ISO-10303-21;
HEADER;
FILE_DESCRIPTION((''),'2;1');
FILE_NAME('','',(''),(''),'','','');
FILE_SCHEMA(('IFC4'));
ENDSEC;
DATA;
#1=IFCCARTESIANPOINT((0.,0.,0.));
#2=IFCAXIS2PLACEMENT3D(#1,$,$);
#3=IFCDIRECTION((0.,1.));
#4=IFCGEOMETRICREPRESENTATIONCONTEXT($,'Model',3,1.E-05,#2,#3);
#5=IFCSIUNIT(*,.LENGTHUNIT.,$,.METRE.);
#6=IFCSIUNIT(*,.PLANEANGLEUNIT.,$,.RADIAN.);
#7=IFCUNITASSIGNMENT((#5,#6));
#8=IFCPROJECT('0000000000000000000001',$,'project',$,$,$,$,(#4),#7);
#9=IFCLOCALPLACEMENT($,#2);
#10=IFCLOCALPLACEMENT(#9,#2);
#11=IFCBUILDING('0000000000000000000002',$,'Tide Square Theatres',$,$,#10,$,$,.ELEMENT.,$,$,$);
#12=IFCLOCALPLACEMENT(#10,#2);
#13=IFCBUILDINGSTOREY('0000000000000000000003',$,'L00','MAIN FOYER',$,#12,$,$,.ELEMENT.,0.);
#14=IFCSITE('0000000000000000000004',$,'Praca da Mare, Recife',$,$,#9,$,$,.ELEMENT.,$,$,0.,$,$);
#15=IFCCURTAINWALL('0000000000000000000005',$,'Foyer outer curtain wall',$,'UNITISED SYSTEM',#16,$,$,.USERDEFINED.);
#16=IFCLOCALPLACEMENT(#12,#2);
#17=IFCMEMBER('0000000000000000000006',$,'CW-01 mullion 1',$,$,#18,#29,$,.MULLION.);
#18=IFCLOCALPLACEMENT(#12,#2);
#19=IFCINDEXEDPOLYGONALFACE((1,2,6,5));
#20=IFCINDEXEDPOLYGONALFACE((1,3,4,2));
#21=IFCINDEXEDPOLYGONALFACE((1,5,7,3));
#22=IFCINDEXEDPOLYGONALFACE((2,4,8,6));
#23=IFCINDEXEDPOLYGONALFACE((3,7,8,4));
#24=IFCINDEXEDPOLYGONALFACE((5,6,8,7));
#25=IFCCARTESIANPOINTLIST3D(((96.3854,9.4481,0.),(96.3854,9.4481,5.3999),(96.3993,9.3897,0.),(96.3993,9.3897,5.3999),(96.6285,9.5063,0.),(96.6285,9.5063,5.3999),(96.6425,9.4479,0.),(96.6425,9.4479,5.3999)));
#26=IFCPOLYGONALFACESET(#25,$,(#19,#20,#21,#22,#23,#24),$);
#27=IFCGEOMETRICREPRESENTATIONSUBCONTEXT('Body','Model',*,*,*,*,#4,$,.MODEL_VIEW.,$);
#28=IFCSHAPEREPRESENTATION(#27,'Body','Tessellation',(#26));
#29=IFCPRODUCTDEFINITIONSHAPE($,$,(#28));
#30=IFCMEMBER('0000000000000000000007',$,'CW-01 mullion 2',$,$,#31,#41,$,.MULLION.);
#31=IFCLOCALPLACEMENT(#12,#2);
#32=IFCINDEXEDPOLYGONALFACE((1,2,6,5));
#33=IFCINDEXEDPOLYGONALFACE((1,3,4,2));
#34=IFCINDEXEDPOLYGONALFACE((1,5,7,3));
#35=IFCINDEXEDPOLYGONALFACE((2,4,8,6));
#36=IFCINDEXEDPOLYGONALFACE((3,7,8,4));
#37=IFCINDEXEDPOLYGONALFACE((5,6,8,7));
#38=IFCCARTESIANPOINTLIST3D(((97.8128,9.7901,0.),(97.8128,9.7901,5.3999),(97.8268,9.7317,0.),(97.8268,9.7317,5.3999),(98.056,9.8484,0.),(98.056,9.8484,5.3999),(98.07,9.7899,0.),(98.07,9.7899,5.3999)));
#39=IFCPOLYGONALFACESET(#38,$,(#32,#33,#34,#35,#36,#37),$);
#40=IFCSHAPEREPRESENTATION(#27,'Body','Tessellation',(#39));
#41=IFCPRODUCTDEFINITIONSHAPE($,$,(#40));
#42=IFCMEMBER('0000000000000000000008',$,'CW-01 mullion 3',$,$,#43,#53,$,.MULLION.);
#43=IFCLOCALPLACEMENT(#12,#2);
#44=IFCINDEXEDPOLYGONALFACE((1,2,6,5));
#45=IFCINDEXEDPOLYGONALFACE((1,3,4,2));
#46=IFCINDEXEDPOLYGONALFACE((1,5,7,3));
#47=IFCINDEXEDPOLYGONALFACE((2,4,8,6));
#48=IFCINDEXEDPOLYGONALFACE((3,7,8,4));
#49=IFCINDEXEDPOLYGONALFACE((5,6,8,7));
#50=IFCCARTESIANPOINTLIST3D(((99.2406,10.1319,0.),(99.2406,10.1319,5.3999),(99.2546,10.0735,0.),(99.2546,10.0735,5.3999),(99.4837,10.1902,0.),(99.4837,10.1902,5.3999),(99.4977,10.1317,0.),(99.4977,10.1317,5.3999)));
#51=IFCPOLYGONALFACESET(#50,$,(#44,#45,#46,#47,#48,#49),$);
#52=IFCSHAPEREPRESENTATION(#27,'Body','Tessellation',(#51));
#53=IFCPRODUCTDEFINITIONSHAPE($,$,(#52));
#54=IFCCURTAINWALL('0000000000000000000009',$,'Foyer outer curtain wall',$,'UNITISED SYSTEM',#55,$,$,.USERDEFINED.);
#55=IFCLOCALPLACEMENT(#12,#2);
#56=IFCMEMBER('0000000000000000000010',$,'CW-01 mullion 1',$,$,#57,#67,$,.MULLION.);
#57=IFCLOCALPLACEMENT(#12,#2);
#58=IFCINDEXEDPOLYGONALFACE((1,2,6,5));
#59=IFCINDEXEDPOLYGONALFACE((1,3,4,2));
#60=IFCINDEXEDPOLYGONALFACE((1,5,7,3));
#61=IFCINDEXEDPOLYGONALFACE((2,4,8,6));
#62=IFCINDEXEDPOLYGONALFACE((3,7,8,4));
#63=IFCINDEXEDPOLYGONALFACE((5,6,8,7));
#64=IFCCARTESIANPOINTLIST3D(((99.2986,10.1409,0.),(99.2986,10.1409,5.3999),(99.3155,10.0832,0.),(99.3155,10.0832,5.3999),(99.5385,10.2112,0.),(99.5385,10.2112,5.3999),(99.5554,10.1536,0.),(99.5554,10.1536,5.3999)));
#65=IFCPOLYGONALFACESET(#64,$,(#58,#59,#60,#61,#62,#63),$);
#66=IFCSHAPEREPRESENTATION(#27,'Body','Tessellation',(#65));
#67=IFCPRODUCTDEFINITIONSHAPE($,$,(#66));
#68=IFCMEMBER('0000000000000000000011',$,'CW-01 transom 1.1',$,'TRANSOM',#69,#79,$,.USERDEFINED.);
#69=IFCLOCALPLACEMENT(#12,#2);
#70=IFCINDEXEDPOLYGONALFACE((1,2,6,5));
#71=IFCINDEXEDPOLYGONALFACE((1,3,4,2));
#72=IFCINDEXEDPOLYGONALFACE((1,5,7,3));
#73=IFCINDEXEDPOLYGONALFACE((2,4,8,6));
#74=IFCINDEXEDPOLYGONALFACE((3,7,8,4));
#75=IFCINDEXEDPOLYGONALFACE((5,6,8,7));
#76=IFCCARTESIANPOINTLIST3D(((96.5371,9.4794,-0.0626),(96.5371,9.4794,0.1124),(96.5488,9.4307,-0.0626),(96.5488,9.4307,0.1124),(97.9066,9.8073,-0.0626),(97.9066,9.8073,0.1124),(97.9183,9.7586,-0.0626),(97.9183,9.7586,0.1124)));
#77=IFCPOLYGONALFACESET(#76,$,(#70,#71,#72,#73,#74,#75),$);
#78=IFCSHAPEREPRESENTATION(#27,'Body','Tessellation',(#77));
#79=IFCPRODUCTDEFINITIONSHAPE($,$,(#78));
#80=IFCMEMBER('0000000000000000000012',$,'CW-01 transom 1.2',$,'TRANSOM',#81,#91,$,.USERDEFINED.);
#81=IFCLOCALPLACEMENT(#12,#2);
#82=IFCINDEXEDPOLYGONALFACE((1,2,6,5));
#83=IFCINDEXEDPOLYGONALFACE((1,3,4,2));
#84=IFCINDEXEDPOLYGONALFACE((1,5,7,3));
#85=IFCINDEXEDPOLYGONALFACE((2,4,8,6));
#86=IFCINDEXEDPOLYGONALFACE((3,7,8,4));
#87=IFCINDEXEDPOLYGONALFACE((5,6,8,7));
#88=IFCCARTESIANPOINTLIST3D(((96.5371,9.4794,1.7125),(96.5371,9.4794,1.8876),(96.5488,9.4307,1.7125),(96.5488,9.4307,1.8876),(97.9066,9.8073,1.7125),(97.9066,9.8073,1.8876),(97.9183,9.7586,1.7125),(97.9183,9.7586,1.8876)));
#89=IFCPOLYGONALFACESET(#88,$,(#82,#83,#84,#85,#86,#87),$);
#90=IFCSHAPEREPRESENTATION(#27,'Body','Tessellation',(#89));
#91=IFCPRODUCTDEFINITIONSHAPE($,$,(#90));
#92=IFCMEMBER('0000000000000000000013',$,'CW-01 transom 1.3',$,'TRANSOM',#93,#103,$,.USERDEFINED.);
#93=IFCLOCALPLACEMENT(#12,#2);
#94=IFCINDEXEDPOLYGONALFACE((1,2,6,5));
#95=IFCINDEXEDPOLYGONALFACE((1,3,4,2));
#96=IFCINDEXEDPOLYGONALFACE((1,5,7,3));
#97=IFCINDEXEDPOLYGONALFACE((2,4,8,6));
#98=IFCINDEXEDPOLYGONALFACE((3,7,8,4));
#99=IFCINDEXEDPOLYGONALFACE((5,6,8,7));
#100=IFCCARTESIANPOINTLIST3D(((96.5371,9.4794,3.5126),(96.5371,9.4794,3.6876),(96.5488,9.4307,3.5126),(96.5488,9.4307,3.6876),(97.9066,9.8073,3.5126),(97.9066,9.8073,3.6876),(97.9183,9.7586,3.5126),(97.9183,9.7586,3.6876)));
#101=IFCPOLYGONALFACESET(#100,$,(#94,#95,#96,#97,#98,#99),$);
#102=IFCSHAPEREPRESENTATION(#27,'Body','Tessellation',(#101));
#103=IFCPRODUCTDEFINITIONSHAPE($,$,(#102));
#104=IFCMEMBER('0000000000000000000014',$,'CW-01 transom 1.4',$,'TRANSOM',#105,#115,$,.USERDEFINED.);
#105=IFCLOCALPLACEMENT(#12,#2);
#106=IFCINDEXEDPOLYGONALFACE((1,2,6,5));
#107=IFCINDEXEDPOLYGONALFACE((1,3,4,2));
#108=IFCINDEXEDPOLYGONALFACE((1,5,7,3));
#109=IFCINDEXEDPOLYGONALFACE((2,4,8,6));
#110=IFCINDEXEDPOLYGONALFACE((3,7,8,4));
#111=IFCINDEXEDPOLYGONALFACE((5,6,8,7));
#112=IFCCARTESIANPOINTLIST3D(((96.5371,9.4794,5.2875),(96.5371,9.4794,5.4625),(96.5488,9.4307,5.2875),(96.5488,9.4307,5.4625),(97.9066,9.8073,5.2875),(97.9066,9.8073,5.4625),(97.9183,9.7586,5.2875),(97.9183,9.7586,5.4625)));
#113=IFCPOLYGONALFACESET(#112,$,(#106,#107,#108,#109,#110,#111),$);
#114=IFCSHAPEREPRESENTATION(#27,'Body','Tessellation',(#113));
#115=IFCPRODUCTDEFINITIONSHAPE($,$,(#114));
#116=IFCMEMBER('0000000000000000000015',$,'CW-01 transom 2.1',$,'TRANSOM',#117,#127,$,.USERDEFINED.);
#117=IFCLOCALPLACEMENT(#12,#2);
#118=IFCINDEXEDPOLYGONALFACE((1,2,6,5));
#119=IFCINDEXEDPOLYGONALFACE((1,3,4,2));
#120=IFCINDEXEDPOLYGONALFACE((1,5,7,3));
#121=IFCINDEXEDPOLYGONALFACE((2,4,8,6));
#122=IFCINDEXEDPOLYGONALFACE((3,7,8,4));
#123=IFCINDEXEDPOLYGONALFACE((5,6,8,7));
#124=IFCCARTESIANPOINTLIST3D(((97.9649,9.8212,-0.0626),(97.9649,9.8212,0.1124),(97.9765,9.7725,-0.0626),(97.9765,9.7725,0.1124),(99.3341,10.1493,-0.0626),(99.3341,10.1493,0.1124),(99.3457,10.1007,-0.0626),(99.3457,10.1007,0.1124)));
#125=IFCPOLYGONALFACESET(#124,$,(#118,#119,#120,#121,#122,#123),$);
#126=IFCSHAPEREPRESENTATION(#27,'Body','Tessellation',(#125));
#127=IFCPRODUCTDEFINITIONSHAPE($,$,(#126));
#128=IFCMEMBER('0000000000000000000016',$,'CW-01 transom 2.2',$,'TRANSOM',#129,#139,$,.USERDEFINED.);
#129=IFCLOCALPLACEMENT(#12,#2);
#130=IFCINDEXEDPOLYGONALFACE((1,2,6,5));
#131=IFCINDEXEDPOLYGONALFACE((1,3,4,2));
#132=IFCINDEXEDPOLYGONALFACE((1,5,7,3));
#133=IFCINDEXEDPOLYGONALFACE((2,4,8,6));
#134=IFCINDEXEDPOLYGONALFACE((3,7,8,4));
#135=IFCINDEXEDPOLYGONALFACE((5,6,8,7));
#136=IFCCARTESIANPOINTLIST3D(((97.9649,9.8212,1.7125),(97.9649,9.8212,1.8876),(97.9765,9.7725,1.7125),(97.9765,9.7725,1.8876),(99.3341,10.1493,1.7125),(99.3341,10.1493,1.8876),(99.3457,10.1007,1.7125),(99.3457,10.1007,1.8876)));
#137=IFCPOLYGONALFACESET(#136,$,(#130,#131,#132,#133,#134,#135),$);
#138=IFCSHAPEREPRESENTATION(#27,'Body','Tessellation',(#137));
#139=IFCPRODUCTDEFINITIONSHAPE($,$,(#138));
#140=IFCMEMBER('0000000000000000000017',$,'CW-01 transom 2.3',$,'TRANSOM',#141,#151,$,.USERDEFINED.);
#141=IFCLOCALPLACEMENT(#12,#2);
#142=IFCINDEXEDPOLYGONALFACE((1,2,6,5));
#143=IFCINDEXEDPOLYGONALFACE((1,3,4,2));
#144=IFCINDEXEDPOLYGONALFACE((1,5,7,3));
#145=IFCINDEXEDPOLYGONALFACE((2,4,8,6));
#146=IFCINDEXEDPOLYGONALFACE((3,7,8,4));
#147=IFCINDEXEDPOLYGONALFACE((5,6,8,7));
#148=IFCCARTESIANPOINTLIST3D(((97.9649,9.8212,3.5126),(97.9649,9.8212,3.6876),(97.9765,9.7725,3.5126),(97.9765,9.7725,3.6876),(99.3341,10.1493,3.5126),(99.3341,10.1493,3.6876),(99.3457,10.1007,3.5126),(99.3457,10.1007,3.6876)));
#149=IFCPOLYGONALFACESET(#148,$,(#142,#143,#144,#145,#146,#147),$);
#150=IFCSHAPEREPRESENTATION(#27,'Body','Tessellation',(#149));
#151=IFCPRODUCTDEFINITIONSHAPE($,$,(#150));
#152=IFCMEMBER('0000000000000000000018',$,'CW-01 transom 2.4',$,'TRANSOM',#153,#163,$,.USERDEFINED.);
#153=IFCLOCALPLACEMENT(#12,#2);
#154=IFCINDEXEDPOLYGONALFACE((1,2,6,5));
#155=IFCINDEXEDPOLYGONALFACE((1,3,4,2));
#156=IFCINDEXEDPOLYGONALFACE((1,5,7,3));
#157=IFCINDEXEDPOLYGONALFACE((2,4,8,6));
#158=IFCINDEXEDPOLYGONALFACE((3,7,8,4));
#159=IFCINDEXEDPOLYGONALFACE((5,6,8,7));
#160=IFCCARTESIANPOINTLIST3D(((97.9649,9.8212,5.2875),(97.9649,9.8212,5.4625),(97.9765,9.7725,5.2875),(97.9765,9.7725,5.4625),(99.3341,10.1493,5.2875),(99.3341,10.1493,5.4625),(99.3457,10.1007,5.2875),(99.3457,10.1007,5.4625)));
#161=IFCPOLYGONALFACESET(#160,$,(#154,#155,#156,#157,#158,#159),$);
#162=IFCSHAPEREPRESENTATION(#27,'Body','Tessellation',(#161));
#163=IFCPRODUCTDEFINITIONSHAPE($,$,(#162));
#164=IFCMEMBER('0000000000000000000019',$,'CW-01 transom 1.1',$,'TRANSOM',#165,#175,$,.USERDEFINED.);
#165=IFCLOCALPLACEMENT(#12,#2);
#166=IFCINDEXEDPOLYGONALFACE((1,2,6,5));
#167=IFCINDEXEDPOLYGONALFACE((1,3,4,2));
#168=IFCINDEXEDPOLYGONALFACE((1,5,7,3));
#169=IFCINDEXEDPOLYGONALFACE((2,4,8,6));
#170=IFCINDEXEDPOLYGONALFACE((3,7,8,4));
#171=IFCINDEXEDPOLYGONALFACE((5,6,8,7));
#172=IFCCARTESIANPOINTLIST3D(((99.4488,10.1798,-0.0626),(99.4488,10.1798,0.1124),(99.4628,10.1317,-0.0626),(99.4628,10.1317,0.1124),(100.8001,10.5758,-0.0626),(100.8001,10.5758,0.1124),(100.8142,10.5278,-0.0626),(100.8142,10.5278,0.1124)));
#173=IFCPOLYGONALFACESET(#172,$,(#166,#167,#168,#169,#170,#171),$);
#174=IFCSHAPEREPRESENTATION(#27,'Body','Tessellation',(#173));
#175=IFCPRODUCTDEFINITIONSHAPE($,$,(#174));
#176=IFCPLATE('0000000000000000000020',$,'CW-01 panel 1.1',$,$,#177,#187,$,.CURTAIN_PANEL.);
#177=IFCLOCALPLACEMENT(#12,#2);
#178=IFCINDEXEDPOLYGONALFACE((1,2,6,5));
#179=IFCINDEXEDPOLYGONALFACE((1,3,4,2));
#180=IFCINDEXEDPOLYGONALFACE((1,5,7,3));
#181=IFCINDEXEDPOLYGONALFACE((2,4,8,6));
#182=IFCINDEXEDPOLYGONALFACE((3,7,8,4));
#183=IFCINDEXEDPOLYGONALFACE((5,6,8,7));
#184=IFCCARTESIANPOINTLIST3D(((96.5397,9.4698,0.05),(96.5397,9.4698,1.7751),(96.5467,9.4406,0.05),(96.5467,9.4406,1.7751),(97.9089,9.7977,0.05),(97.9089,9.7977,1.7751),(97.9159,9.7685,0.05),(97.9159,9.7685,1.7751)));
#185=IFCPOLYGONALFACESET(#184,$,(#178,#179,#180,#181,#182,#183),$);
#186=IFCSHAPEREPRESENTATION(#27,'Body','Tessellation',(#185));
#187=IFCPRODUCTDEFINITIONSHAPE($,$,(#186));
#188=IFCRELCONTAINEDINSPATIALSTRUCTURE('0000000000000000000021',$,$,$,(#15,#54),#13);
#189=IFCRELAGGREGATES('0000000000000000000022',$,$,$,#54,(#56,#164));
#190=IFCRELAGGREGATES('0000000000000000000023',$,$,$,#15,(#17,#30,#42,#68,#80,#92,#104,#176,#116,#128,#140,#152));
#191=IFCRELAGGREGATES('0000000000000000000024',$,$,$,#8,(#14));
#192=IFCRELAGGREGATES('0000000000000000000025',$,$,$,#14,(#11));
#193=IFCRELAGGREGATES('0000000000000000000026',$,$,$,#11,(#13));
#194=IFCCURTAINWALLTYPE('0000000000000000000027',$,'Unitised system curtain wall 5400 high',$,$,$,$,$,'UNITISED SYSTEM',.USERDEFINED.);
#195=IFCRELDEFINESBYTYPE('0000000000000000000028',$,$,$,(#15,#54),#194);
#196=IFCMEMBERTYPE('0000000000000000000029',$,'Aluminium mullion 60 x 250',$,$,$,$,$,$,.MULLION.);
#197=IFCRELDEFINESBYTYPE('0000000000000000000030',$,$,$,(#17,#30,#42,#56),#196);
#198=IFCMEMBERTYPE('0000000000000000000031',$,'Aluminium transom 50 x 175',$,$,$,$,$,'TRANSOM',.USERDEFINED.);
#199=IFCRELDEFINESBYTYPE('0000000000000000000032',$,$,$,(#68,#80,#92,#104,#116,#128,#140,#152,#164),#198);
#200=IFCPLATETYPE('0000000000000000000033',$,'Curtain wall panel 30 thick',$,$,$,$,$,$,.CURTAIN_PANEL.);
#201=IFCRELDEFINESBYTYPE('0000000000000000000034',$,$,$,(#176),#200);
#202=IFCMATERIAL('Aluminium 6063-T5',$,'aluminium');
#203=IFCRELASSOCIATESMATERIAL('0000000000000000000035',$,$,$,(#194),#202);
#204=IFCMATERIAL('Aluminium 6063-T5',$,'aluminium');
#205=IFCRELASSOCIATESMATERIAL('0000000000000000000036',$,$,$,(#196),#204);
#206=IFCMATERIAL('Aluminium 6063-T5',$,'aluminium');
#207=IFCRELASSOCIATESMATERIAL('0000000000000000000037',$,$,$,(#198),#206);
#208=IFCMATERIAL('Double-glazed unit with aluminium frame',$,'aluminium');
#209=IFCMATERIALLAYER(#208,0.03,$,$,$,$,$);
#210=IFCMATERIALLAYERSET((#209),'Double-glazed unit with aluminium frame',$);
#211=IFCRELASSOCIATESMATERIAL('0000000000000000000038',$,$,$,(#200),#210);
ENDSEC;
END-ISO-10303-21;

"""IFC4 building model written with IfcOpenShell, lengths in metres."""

from ifc_helpers import new_model, si_unit, direction, frame, origin, origin_2d, place, context, subcontext, project, spatial, rectangle, extrude, material, layer, layer_set, material_profile, profile_set, type_object, element, aggregate, save


model = new_model("IFC4")

# Units and contexts
model_context = context("Model", 3, precision=1e-05, world=origin(), true_north=direction((0.0, 1.0)))
body_context = subcontext(model_context, "Body", "Model", "MODEL_VIEW")
ifc_project = project(units=[si_unit("LENGTHUNIT", "METRE"), si_unit("PLANEANGLEUNIT", "RADIAN")], contexts=[model_context])

# Site, building, storey
site_placement = place(None, origin())
site = spatial("IfcSite", under=ifc_project, at=site_placement, Name="Praca da Mare, Recife", CompositionType="ELEMENT", RefElevation=0.0)
building_placement = place(site_placement, origin())
building = spatial("IfcBuilding", under=site, at=building_placement, Name="Tide Square Theatres", CompositionType="ELEMENT")
storey_placement = place(building_placement, origin())
storey = spatial("IfcBuildingStorey", under=building, at=storey_placement, Name="L00", Description="MAIN FOYER", CompositionType="ELEMENT", Elevation=0.0)

# Curtain wall, members
ifc_material_1 = material(Name="Aluminium 6063-T5", Category="aluminium")
curtain_wall_type = type_object("IfcCurtainWallType", Name="Unitised system curtain wall 5400 high", ElementType="UNITISED SYSTEM", PredefinedType="USERDEFINED", material=ifc_material_1)
curtain_wall_1_placement = place(storey_placement, origin())
curtain_wall_1 = element("IfcCurtainWall", 1, at=curtain_wall_1_placement, inside=storey, type_object=curtain_wall_type, Name="Foyer outer curtain wall", ObjectType="UNITISED SYSTEM", PredefinedType="USERDEFINED")
ifc_material_2 = material(Name="Aluminium 6063-T5", Category="aluminium")
ifc_material_profile_1 = material_profile(ifc_material_2, rectangle(XDim=0.0601, YDim=0.25, at=origin_2d()))
ifc_profile_set_1 = profile_set([ifc_material_profile_1], Name="Aluminium 6063-T5")
member_type_1 = type_object("IfcMemberType", Name="Aluminium mullion 60 x 250", PredefinedType="MULLION", material=ifc_profile_set_1)
member_1_placement = place(storey_placement, frame((96.5139, 9.448, 0.0), z_axis=(0.0, 0.0, 1.0), x_axis=(-0.232911, 0.972498, 0.0)))
member_1 = element("IfcMember", 2, at=member_1_placement, type_object=member_type_1, Name="CW-01 mullion 1", PredefinedType="MULLION", context=body_context, shape_type="SweptSolid", body=[
    extrude(rectangle(XDim=0.0601, YDim=0.25, at=origin_2d()), origin(), (0.0, 0.0, 1.0), 5.3999),
])
member_2_placement = place(storey_placement, frame((97.9414, 9.79, 0.0), z_axis=(0.0, 0.0, 1.0), x_axis=(-0.232911, 0.972498, 0.0)))
member_2 = element("IfcMember", 3, at=member_2_placement, type_object=member_type_1, Name="CW-01 mullion 2", PredefinedType="MULLION", context=body_context, shape_type="SweptSolid", body=[
    extrude(rectangle(XDim=0.0601, YDim=0.25, at=origin_2d()), origin(), (0.0, 0.0, 1.0), 5.3999),
])
member_3_placement = place(storey_placement, frame((99.3691, 10.1318, 0.0), z_axis=(0.0, 0.0, 1.0), x_axis=(-0.232911, 0.972498, 0.0)))
member_3 = element("IfcMember", 4, at=member_3_placement, type_object=member_type_1, Name="CW-01 mullion 3", PredefinedType="MULLION", context=body_context, shape_type="SweptSolid", body=[
    extrude(rectangle(XDim=0.0601, YDim=0.25, at=origin_2d()), origin(), (0.0, 0.0, 1.0), 5.3999),
])

# Curtain wall, member
curtain_wall_2_placement = place(storey_placement, origin())
curtain_wall_2 = element("IfcCurtainWall", 5, at=curtain_wall_2_placement, inside=storey, type_object=curtain_wall_type, Name="Foyer outer curtain wall", ObjectType="UNITISED SYSTEM", PredefinedType="USERDEFINED")
member_4_placement = place(storey_placement, frame((99.427, 10.1472, 0.0), z_axis=(0.0, 0.0, 1.0), x_axis=(-0.281279, 0.959626, 0.0)))
member_4 = element("IfcMember", 6, at=member_4_placement, type_object=member_type_1, Name="CW-01 mullion 1", PredefinedType="MULLION", context=body_context, shape_type="SweptSolid", body=[
    extrude(rectangle(XDim=0.0601, YDim=0.25, at=origin_2d()), origin(), (0.0, 0.0, 1.0), 5.3999),
])

# Members
ifc_material_3 = material(Name="Aluminium 6063-T5", Category="aluminium")
ifc_material_profile_2 = material_profile(ifc_material_3, rectangle(XDim=0.05, YDim=0.175, at=origin_2d()))
ifc_profile_set_2 = profile_set([ifc_material_profile_2], Name="Aluminium 6063-T5")
member_type_2 = type_object("IfcMemberType", Name="Aluminium transom 50 x 175", ElementType="TRANSOM", PredefinedType="USERDEFINED", material=ifc_profile_set_2)
member_5_placement = place(storey_placement, frame((96.543, 9.4551, 0.0249), z_axis=(0.972511, 0.232855, 0.0), x_axis=(-0.232855, 0.972511, 0.0)))
member_5 = element("IfcMember", 7, at=member_5_placement, type_object=member_type_2, Name="CW-01 transom 1.1", ObjectType="TRANSOM", PredefinedType="USERDEFINED", context=body_context, shape_type="SweptSolid", body=[
    extrude(rectangle(XDim=0.05, YDim=0.175, at=origin_2d()), origin(), (0.0, 0.0, 1.0), 1.4082),
])
member_6_placement = place(storey_placement, frame((96.543, 9.4551, 1.8), z_axis=(0.972511, 0.232855, 0.0), x_axis=(-0.232855, 0.972511, 0.0)))
member_6 = element("IfcMember", 8, at=member_6_placement, type_object=member_type_2, Name="CW-01 transom 1.2", ObjectType="TRANSOM", PredefinedType="USERDEFINED", context=body_context, shape_type="SweptSolid", body=[
    extrude(rectangle(XDim=0.05, YDim=0.175, at=origin_2d()), origin(), (0.0, 0.0, 1.0), 1.4082),
])
member_7_placement = place(storey_placement, frame((96.543, 9.4551, 3.6001), z_axis=(0.972511, 0.232855, 0.0), x_axis=(-0.232855, 0.972511, 0.0)))
member_7 = element("IfcMember", 9, at=member_7_placement, type_object=member_type_2, Name="CW-01 transom 1.3", ObjectType="TRANSOM", PredefinedType="USERDEFINED", context=body_context, shape_type="SweptSolid", body=[
    extrude(rectangle(XDim=0.05, YDim=0.175, at=origin_2d()), origin(), (0.0, 0.0, 1.0), 1.4082),
])
member_8_placement = place(storey_placement, frame((96.543, 9.4551, 5.375), z_axis=(0.972511, 0.232855, 0.0), x_axis=(-0.232855, 0.972511, 0.0)))
member_8 = element("IfcMember", 10, at=member_8_placement, type_object=member_type_2, Name="CW-01 transom 1.4", ObjectType="TRANSOM", PredefinedType="USERDEFINED", context=body_context, shape_type="SweptSolid", body=[
    extrude(rectangle(XDim=0.05, YDim=0.175, at=origin_2d()), origin(), (0.0, 0.0, 1.0), 1.4082),
])
member_9_placement = place(storey_placement, frame((97.9707, 9.7969, 0.0249), z_axis=(0.972463, 0.233058, 0.0), x_axis=(-0.233058, 0.972463, 0.0)))
member_9 = element("IfcMember", 11, at=member_9_placement, type_object=member_type_2, Name="CW-01 transom 2.1", ObjectType="TRANSOM", PredefinedType="USERDEFINED", context=body_context, shape_type="SweptSolid", body=[
    extrude(rectangle(XDim=0.05, YDim=0.175, at=origin_2d()), origin(), (0.0, 0.0, 1.0), 1.408),
])
member_10_placement = place(storey_placement, frame((97.9707, 9.7969, 1.8), z_axis=(0.972463, 0.233058, 0.0), x_axis=(-0.233058, 0.972463, 0.0)))
member_10 = element("IfcMember", 12, at=member_10_placement, type_object=member_type_2, Name="CW-01 transom 2.2", ObjectType="TRANSOM", PredefinedType="USERDEFINED", context=body_context, shape_type="SweptSolid", body=[
    extrude(rectangle(XDim=0.05, YDim=0.175, at=origin_2d()), origin(), (0.0, 0.0, 1.0), 1.408),
])
member_11_placement = place(storey_placement, frame((97.9707, 9.7969, 3.6001), z_axis=(0.972463, 0.233058, 0.0), x_axis=(-0.233058, 0.972463, 0.0)))
member_11 = element("IfcMember", 13, at=member_11_placement, type_object=member_type_2, Name="CW-01 transom 2.3", ObjectType="TRANSOM", PredefinedType="USERDEFINED", context=body_context, shape_type="SweptSolid", body=[
    extrude(rectangle(XDim=0.05, YDim=0.175, at=origin_2d()), origin(), (0.0, 0.0, 1.0), 1.408),
])
member_12_placement = place(storey_placement, frame((97.9707, 9.7969, 5.375), z_axis=(0.972463, 0.233058, 0.0), x_axis=(-0.233058, 0.972463, 0.0)))
member_12 = element("IfcMember", 14, at=member_12_placement, type_object=member_type_2, Name="CW-01 transom 2.4", ObjectType="TRANSOM", PredefinedType="USERDEFINED", context=body_context, shape_type="SweptSolid", body=[
    extrude(rectangle(XDim=0.05, YDim=0.175, at=origin_2d()), origin(), (0.0, 0.0, 1.0), 1.408),
])
member_13_placement = place(storey_placement, frame((99.4558, 10.1558, 0.0249), z_axis=(0.959644, 0.281218, 0.0), x_axis=(-0.281218, 0.959644, 0.0)))
member_13 = element("IfcMember", 15, at=member_13_placement, type_object=member_type_2, Name="CW-01 transom 1.1", ObjectType="TRANSOM", PredefinedType="USERDEFINED", context=body_context, shape_type="SweptSolid", body=[
    extrude(rectangle(XDim=0.05, YDim=0.175, at=origin_2d()), origin(), (0.0, 0.0, 1.0), 1.4082),
])
aggregate(curtain_wall_2, [member_4, member_13])

# Plate
ifc_material_4 = material(Name="Double-glazed unit with aluminium frame", Category="aluminium")
ifc_layer = layer(ifc_material_4, 0.03)
ifc_layer_set = layer_set([ifc_layer], Name="Double-glazed unit with aluminium frame")
plate_type = type_object("IfcPlateType", Name="Curtain wall panel 30 thick", PredefinedType="CURTAIN_PANEL", material=ifc_layer_set)
plate_1_placement = place(storey_placement, frame((97.2278, 9.6191, 0.05), z_axis=(0.0, 0.0, 1.0), x_axis=(0.972498, 0.232911, 0.0)))
plate_1 = element("IfcPlate", 16, at=plate_1_placement, type_object=plate_type, Name="CW-01 panel 1.1", PredefinedType="CURTAIN_PANEL", context=body_context, shape_type="SweptSolid", body=[
    extrude(rectangle(XDim=1.408, YDim=0.03, at=origin_2d()), origin(), (0.0, 0.0, 1.0), 1.7251),
])
aggregate(curtain_wall_1, [member_1, member_2, member_3, member_5, member_6, member_7, member_8, plate_1, member_9, member_10, member_11, member_12])

save(model, "model.ifc")
